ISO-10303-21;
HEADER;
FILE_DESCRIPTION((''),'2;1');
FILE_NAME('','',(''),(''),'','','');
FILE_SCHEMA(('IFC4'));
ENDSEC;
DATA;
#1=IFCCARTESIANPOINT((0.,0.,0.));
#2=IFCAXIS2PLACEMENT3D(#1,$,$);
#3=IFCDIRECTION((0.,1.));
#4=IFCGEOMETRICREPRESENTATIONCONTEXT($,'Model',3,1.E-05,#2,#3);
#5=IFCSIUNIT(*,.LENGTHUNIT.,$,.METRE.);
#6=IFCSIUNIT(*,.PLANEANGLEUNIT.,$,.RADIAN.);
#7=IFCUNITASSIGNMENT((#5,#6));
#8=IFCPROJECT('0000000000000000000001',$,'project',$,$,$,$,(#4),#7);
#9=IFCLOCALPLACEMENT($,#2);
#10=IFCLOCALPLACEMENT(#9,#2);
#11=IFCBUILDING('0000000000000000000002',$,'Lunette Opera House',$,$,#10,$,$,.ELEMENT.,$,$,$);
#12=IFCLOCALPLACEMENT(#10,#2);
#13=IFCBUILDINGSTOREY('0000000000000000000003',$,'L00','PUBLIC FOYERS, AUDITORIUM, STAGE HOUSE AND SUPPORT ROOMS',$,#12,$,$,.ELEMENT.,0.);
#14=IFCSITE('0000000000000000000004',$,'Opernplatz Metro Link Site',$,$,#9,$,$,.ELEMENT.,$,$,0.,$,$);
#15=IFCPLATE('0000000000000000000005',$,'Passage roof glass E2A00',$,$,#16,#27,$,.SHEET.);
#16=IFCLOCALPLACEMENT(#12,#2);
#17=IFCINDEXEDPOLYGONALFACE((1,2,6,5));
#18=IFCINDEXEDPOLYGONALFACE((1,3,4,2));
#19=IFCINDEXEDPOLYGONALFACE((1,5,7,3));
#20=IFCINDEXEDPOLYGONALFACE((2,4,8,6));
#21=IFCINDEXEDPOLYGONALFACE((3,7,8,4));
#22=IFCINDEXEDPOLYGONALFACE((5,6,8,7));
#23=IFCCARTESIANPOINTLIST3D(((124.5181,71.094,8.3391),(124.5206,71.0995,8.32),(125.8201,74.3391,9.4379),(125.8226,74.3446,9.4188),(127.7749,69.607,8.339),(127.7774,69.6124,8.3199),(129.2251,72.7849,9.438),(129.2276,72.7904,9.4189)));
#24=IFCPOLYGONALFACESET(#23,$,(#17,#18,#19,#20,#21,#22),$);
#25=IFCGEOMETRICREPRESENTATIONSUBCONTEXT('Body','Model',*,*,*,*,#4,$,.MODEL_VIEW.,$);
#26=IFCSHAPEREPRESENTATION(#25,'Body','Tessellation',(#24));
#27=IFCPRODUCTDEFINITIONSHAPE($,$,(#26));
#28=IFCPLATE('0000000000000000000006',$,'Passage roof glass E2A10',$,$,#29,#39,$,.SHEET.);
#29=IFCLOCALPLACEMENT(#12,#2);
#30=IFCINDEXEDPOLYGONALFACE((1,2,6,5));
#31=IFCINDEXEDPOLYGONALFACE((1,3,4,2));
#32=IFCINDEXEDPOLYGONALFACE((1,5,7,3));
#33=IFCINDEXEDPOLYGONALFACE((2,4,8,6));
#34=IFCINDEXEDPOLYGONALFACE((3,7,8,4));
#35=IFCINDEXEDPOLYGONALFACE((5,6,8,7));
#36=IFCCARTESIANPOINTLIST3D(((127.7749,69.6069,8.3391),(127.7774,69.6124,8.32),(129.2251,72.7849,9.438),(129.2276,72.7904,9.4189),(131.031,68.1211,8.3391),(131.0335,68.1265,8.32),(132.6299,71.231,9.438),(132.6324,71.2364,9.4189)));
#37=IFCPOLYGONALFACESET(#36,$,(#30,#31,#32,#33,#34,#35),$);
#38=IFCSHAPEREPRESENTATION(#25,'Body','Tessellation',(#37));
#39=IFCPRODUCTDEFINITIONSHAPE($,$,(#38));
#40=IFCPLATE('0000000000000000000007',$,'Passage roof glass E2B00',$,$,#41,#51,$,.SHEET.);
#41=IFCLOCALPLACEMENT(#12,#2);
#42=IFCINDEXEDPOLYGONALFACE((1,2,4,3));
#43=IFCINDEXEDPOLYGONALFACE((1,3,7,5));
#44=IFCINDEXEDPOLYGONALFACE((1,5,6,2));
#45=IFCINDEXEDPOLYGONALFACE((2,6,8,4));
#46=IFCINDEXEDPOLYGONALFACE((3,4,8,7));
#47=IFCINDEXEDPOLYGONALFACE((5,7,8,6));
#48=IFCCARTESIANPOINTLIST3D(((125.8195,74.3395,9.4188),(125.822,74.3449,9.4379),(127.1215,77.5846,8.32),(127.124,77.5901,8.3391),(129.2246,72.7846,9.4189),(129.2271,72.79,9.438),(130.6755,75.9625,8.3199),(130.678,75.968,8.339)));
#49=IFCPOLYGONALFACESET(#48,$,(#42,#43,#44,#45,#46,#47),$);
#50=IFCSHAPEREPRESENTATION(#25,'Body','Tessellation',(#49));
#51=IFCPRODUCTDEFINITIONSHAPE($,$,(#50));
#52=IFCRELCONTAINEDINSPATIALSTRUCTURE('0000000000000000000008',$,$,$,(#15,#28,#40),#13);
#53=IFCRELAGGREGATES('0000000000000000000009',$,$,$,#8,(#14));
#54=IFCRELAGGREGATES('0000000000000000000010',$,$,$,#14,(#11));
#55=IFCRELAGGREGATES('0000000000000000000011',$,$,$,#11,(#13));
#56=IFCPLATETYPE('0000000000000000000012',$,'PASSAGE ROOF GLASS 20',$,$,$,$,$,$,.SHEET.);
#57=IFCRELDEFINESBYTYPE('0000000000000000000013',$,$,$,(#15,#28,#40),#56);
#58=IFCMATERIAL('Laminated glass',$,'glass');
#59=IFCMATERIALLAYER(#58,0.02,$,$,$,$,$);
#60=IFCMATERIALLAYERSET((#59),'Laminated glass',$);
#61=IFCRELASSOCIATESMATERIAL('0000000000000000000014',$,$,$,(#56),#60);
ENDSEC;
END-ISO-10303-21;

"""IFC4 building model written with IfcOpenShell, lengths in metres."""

from ifc_helpers import new_model, si_unit, direction, frame, origin, place, context, subcontext, project, spatial, polyline, outline, extrude, material, layer, layer_set, type_object, element, save


model = new_model("IFC4")

# Units and contexts
model_context = context("Model", 3, precision=1e-05, world=origin(), true_north=direction((0.0, 1.0)))
body_context = subcontext(model_context, "Body", "Model", "MODEL_VIEW")
ifc_project = project(units=[si_unit("LENGTHUNIT", "METRE"), si_unit("PLANEANGLEUNIT", "RADIAN")], contexts=[model_context])

# Site, building, storey
site_placement = place(None, origin())
site = spatial("IfcSite", under=ifc_project, at=site_placement, Name="Opernplatz Metro Link Site", CompositionType="ELEMENT", RefElevation=0.0)
building_placement = place(site_placement, origin())
building = spatial("IfcBuilding", under=site, at=building_placement, Name="Lunette Opera House", CompositionType="ELEMENT")
storey_placement = place(building_placement, origin())
storey = spatial("IfcBuildingStorey", under=building, at=storey_placement, Name="L00", Description="PUBLIC FOYERS, AUDITORIUM, STAGE HOUSE AND SUPPORT ROOMS", CompositionType="ELEMENT", Elevation=0.0)

# Plates
ifc_material_1 = material(Name="Laminated glass", Category="glass")
ifc_layer_1 = layer(ifc_material_1, 0.02)
ifc_layer_set_1 = layer_set([ifc_layer_1], Name="Laminated glass")
plate_type_1 = type_object("IfcPlateType", Name="PASSAGE ROOF GLASS 20", PredefinedType="SHEET", material=ifc_layer_set_1)
plate_1_placement = place(storey_placement, frame((124.5181, 71.094, 8.3391), z_axis=(-0.124626, -0.272993, 0.953909), x_axis=(0.909665, -0.415343, -0.000019)))
element("IfcPlate", 1, at=plate_1_placement, inside=storey, type_object=plate_type_1, Name="Passage roof glass E2A00", PredefinedType="SHEET", context=body_context, shape_type="SweptSolid", body=[
    extrude(outline(polyline([(0.0, 0.0), (3.5803, 0.0), (3.5795, 3.662), (-0.1635, 3.6615), (0.0, 0.0)])), origin(), (0.0, 0.0, -1.0), 0.02),
])
plate_2_placement = place(storey_placement, frame((127.7749, 69.6069, 8.3391), z_axis=(-0.124588, -0.273001, 0.953912), x_axis=(0.909755, -0.415147, 0.00001)))
element("IfcPlate", 2, at=plate_2_placement, inside=storey, type_object=plate_type_1, Name="Passage roof glass E2A10", PredefinedType="SHEET", context=body_context, shape_type="SweptSolid", body=[
    extrude(outline(polyline([(0.0, 0.0), (3.5791, 0.0), (3.7426, 3.6618), (0.0, 3.662), (0.0, 0.0)])), origin(), (0.0, 0.0, -1.0), 0.02),
])
plate_3_placement = place(storey_placement, frame((127.124, 77.5901, 8.3391), z_axis=(0.124625, 0.272981, 0.953913), x_axis=(0.909722, -0.415218, -0.000028)))
element("IfcPlate", 3, at=plate_3_placement, inside=storey, type_object=plate_type_1, Name="Passage roof glass E2B00", PredefinedType="SHEET", context=body_context, shape_type="SweptSolid", body=[
    extrude(outline(polyline([(0.0, 0.0), (3.9066, 0.0), (3.9062, -3.6623), (0.1629, -3.6616), (0.0, 0.0)])), origin(), (0.0, 0.0, -1.0), 0.02),
])

save(model, "model.ifc")
